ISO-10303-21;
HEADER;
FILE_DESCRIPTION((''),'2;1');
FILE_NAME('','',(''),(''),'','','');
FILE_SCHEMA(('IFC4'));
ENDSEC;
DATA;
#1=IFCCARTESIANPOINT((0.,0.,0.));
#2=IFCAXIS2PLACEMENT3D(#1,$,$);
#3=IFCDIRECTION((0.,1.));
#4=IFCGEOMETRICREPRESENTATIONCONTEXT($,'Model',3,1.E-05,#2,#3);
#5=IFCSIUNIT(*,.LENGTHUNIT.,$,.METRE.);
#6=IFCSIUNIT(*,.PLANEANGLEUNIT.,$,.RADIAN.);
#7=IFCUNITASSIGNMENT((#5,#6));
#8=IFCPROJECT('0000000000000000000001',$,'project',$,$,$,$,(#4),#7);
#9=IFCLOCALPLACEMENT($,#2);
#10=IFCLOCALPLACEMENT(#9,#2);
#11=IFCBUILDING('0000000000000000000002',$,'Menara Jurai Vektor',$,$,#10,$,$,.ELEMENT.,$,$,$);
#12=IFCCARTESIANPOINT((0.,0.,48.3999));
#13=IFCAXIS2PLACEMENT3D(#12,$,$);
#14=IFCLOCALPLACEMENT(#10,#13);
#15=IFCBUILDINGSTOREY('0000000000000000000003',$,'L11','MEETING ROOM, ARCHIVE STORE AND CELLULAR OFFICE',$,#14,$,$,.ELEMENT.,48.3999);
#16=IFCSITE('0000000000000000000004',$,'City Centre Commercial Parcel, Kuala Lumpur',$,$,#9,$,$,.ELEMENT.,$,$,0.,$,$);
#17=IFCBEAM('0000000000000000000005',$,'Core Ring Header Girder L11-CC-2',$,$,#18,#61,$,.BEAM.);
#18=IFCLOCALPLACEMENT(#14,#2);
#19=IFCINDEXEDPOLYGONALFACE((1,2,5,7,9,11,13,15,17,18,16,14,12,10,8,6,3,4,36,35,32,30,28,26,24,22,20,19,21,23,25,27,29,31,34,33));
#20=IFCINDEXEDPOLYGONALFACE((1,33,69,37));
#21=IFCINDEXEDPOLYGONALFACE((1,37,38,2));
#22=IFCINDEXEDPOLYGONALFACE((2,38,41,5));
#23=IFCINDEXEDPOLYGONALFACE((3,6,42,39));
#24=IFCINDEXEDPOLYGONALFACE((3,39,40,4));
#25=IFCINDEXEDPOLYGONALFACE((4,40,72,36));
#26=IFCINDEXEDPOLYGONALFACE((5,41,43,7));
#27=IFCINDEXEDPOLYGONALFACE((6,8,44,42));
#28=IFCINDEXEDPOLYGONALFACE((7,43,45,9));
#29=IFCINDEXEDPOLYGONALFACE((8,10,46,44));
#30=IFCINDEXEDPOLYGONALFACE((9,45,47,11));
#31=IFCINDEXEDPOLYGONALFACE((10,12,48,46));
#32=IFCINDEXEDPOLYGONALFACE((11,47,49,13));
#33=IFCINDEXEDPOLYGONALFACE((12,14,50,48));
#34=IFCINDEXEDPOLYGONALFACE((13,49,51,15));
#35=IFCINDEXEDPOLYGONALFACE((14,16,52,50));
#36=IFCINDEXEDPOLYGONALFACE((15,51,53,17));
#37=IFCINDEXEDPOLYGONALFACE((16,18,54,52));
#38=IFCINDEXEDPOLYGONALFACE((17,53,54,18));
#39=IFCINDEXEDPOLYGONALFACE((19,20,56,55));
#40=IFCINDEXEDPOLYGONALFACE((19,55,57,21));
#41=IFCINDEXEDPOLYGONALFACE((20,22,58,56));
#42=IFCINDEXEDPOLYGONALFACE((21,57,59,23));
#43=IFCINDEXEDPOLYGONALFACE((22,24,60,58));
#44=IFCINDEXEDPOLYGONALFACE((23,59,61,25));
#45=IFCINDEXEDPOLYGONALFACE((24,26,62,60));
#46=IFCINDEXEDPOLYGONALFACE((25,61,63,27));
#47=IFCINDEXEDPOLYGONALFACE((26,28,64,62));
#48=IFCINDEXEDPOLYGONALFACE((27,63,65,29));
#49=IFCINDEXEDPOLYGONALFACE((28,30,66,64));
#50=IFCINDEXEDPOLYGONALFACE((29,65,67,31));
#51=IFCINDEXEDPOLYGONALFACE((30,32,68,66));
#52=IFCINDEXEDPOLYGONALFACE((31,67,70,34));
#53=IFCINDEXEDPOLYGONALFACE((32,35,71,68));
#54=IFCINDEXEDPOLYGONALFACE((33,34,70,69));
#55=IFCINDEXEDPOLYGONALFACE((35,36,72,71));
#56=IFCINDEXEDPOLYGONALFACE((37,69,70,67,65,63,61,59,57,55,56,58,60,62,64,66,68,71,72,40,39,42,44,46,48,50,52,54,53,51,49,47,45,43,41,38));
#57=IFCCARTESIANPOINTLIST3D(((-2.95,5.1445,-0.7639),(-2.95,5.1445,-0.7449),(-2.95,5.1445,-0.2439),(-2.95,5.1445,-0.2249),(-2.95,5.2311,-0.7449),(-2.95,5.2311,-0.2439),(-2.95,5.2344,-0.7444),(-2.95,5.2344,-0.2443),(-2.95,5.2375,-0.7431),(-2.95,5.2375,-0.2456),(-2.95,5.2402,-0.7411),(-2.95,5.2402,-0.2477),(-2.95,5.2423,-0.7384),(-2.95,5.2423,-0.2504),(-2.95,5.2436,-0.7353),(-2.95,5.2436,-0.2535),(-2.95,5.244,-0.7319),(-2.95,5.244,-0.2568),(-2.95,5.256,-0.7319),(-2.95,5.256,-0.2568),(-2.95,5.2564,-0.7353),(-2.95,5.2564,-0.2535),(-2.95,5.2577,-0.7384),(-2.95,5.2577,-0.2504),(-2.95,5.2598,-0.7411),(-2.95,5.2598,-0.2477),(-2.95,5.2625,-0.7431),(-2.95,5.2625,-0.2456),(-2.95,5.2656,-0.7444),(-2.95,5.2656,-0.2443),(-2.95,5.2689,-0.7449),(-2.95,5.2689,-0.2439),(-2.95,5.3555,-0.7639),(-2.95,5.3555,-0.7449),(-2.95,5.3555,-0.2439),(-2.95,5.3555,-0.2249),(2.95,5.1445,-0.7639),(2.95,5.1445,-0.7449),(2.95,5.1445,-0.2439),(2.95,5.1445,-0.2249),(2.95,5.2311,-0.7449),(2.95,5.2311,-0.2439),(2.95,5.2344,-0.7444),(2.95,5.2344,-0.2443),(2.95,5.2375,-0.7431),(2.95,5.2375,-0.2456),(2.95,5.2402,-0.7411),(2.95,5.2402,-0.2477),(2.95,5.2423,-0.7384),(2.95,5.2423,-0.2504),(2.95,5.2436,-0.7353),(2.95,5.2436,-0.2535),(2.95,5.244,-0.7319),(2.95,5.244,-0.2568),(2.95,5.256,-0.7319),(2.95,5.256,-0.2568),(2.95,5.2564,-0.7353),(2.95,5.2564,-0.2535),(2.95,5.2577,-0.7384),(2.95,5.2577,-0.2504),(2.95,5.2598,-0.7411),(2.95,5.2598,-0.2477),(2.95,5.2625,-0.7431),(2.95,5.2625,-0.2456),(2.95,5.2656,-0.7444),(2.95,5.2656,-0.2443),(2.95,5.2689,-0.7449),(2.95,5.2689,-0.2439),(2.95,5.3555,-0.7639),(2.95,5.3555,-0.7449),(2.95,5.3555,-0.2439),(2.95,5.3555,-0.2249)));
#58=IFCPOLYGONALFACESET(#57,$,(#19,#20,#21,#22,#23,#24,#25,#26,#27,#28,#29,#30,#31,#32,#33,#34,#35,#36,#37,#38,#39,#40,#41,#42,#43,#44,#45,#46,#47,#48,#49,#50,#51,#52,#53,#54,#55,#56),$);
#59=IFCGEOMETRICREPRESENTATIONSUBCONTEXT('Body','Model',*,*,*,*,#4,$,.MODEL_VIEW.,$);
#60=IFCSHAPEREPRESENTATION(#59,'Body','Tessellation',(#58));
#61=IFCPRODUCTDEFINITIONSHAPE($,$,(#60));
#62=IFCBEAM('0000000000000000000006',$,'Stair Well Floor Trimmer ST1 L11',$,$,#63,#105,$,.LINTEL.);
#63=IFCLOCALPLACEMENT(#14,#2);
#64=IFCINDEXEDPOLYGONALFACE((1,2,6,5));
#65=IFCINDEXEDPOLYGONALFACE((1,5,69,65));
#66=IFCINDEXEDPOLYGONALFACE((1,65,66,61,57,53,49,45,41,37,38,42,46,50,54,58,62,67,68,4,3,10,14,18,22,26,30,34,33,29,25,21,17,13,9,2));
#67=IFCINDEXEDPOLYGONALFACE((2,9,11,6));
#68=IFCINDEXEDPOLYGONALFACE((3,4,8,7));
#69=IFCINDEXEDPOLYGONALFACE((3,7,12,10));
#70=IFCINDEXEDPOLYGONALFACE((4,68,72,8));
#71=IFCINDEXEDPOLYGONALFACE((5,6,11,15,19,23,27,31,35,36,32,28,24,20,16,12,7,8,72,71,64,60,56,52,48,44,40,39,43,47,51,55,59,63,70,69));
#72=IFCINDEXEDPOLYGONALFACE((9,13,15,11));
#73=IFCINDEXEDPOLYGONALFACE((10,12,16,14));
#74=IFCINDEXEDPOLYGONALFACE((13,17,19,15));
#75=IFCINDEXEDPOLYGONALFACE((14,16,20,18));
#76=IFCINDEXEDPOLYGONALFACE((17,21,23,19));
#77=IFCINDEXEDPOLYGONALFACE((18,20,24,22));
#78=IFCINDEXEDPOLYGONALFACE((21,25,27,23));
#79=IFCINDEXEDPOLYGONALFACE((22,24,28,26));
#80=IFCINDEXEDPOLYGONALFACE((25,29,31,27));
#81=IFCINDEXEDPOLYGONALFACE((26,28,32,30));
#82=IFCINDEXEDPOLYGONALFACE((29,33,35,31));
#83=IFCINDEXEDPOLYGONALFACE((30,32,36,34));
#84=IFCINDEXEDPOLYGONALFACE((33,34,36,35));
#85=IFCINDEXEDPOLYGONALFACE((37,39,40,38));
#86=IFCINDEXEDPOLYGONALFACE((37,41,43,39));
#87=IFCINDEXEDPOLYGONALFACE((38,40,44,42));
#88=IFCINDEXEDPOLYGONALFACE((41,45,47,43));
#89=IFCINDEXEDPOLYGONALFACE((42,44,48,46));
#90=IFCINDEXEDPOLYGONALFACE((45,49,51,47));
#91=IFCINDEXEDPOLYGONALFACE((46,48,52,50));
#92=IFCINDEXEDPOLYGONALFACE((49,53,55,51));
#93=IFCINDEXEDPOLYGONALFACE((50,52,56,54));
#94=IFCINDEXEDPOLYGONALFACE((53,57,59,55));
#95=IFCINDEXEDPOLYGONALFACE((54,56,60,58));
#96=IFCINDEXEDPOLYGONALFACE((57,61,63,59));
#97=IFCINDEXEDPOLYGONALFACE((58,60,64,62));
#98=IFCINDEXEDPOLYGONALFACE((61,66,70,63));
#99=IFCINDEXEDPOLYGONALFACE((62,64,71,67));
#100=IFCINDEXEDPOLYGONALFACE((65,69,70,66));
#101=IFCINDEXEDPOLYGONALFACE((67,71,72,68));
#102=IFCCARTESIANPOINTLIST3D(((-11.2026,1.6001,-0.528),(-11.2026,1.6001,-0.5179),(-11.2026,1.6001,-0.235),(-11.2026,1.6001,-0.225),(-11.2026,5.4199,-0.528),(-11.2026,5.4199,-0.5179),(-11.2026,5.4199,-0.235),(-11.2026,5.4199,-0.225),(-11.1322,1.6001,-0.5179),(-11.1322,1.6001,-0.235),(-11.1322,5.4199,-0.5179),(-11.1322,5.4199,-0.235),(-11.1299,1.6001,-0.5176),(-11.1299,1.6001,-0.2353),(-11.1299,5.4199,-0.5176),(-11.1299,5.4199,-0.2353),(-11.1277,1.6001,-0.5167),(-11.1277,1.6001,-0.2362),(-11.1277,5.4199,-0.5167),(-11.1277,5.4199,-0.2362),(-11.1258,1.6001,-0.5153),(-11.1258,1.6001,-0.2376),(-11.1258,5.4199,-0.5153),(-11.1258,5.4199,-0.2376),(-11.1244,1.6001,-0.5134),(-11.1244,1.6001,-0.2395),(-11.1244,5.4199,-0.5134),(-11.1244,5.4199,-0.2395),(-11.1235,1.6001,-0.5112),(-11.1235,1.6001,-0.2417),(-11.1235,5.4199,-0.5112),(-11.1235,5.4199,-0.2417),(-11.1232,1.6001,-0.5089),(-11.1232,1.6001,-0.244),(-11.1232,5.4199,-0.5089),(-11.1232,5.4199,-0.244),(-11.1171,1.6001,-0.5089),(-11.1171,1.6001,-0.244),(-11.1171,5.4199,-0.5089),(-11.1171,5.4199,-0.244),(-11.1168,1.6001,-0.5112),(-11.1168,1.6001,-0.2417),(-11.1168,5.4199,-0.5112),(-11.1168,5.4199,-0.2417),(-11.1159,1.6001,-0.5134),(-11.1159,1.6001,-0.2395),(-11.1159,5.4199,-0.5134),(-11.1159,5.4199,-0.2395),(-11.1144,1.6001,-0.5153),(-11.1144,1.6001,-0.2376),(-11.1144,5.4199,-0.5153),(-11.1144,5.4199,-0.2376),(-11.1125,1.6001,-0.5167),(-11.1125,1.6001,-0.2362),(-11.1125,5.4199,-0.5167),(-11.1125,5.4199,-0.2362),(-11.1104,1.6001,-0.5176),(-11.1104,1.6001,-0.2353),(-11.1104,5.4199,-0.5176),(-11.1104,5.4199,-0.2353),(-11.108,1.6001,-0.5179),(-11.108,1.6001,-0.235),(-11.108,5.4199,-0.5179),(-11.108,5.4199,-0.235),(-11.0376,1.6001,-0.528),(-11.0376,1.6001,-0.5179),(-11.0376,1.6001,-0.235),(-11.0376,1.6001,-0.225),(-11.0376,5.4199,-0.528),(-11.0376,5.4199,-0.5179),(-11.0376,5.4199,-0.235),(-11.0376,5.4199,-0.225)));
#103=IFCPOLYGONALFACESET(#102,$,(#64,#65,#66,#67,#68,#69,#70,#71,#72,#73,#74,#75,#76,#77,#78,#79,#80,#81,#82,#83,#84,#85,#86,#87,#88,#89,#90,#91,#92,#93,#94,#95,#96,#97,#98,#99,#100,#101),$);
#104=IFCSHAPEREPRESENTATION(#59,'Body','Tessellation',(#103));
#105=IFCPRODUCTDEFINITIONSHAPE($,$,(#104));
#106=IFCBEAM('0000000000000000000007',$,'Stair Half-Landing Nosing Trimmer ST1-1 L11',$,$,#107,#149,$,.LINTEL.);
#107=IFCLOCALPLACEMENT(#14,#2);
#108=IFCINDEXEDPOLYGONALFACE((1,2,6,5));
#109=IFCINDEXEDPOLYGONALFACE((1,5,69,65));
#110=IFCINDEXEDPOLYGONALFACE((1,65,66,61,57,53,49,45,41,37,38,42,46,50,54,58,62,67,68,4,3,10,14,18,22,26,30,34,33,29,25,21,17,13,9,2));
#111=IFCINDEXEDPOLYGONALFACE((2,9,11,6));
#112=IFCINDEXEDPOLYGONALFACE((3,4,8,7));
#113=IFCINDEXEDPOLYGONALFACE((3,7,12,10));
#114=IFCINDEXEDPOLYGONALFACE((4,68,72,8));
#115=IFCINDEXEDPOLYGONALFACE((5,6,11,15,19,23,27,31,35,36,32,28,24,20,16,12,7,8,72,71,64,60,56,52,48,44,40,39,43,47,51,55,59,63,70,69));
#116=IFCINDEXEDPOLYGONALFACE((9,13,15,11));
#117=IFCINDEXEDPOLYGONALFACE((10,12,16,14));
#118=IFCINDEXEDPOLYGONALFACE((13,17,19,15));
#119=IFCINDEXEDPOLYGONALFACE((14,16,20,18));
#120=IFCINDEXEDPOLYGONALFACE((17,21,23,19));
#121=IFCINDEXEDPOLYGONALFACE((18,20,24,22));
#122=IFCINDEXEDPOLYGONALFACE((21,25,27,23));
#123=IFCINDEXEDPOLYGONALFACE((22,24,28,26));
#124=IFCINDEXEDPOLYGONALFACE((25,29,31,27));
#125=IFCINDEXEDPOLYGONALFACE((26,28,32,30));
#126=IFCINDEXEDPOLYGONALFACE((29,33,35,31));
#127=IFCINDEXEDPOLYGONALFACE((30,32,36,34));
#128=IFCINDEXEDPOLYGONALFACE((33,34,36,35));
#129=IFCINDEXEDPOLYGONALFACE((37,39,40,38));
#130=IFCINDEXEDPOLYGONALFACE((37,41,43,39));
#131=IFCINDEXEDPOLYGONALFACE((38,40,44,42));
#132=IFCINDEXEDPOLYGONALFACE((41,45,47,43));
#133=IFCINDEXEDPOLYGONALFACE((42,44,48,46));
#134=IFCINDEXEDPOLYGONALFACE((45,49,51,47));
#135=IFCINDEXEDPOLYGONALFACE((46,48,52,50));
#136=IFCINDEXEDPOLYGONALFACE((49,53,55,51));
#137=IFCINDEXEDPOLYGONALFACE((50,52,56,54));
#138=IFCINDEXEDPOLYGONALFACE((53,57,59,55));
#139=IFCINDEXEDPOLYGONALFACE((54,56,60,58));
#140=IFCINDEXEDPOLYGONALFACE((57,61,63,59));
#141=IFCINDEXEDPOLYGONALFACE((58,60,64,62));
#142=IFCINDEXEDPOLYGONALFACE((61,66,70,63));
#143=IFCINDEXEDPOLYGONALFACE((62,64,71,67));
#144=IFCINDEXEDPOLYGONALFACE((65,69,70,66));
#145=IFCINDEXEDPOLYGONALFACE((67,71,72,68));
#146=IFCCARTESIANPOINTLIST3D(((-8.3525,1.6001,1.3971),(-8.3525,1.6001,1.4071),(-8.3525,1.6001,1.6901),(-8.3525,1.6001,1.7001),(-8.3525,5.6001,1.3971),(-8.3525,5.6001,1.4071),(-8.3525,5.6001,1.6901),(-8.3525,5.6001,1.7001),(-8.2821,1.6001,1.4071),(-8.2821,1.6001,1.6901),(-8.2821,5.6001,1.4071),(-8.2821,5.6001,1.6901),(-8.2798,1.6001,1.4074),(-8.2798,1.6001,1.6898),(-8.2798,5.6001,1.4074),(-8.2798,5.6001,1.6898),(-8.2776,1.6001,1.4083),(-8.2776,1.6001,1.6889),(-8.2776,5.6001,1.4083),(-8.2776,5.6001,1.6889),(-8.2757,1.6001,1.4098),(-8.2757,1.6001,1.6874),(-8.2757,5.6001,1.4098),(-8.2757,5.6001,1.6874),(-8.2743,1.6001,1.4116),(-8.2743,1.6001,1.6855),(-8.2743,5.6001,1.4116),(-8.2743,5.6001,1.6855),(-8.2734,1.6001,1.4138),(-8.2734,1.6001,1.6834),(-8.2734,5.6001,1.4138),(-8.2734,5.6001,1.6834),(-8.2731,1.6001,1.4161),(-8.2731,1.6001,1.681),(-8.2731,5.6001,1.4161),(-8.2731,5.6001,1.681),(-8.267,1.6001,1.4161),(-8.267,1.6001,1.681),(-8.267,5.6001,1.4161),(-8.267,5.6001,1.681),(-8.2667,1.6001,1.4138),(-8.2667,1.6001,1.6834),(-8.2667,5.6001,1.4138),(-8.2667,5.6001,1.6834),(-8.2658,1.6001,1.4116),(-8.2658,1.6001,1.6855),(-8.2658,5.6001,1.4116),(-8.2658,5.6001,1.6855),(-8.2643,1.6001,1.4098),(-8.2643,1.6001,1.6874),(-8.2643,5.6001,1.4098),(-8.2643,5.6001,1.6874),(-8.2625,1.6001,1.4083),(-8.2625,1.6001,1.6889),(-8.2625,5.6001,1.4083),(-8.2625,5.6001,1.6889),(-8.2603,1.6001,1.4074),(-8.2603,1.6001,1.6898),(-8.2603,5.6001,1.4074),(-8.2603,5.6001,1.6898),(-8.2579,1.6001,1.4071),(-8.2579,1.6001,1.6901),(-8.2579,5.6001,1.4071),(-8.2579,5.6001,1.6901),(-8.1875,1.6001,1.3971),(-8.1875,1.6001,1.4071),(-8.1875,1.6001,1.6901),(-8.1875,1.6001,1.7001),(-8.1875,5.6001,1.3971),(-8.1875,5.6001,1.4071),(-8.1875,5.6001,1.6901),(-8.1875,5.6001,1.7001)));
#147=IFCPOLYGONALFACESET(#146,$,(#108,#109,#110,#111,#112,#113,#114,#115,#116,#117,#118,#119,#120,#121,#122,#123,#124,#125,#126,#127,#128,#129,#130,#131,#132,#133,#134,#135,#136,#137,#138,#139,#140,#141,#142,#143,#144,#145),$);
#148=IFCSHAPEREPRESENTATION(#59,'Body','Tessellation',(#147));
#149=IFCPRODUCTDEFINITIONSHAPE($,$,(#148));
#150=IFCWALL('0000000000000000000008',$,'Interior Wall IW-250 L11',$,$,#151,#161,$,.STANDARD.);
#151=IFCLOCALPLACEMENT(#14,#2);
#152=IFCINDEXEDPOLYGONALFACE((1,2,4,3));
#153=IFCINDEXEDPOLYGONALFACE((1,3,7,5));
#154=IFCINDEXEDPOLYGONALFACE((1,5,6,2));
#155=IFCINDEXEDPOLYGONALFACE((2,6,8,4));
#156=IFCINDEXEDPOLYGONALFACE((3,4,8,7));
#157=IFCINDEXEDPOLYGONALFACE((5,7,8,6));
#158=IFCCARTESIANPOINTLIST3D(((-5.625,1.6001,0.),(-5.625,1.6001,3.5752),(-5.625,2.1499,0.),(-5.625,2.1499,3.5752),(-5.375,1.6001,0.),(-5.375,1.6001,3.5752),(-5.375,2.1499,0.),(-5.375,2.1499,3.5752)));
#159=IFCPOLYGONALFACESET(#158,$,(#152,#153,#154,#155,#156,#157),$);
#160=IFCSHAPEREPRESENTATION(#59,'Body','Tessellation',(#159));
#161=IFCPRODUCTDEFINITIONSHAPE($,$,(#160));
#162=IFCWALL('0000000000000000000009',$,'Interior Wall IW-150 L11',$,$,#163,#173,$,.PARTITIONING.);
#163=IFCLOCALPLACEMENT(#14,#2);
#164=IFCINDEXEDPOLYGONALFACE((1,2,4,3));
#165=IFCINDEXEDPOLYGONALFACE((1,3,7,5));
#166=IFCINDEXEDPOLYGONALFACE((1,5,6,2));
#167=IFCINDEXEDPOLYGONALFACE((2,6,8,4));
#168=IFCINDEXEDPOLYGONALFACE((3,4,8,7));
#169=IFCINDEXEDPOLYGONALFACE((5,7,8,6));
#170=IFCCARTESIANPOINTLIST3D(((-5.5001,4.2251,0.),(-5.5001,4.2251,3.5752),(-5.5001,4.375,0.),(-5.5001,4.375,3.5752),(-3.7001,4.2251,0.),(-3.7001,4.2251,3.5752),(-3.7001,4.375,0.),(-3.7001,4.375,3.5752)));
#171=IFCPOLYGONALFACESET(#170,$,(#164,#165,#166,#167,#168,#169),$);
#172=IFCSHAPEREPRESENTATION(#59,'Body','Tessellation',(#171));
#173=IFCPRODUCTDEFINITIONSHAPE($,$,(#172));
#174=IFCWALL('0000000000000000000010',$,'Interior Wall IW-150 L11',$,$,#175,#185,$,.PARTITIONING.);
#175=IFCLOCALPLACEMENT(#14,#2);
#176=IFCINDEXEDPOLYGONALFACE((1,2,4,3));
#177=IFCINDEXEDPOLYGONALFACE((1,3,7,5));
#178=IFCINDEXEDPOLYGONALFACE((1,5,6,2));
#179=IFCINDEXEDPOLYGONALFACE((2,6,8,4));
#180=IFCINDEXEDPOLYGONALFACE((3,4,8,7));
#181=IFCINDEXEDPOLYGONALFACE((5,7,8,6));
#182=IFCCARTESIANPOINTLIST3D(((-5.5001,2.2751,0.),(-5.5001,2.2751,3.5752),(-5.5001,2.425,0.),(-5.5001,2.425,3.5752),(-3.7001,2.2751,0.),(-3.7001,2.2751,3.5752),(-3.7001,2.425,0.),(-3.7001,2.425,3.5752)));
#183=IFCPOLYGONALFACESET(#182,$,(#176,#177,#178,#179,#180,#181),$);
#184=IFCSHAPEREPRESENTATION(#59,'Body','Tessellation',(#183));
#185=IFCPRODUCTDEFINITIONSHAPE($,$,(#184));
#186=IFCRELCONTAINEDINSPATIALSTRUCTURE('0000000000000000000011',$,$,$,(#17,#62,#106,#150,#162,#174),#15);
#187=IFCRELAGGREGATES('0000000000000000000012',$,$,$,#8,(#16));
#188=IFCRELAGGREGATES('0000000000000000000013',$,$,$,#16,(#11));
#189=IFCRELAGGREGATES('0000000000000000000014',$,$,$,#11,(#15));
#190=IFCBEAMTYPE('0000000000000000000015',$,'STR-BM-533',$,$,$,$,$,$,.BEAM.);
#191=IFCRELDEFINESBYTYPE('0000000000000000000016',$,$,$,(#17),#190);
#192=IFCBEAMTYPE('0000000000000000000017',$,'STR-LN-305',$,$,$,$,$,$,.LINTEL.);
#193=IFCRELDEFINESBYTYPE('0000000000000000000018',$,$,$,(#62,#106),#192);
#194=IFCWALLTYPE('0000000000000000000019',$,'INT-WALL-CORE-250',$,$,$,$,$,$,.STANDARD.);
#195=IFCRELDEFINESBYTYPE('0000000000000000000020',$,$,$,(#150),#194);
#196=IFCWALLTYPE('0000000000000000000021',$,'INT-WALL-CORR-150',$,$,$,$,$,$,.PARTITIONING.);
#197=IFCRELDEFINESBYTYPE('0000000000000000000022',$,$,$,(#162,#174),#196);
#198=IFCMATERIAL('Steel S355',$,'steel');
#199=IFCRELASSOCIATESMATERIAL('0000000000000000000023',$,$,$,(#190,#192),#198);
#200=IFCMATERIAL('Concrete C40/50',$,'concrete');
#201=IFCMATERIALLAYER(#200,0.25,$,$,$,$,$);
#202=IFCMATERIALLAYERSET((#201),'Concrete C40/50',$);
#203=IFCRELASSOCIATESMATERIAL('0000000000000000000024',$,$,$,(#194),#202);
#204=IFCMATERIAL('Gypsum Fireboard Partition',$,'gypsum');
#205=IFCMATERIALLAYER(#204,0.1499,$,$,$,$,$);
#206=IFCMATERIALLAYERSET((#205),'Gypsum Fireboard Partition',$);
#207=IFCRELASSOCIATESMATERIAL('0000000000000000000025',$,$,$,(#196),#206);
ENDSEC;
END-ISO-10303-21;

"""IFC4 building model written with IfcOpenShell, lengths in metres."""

from ifc_helpers import new_model, si_unit, direction, frame, frame_2d, origin, origin_2d, place, context, subcontext, project, spatial, rectangle, i_section, extrude, material, layer, layer_set, material_profile, profile_set, type_object, element, save


model = new_model("IFC4")

# Units and contexts
model_context = context("Model", 3, precision=1e-05, world=origin(), true_north=direction((0.0, 1.0)))
body_context = subcontext(model_context, "Body", "Model", "MODEL_VIEW")
ifc_project = project(units=[si_unit("LENGTHUNIT", "METRE"), si_unit("PLANEANGLEUNIT", "RADIAN")], contexts=[model_context])

# Site, building, storey
site_placement = place(None, origin())
site = spatial("IfcSite", under=ifc_project, at=site_placement, Name="City Centre Commercial Parcel, Kuala Lumpur", CompositionType="ELEMENT", RefElevation=0.0)
building_placement = place(site_placement, origin())
building = spatial("IfcBuilding", under=site, at=building_placement, Name="Menara Jurai Vektor", CompositionType="ELEMENT")
storey_placement = place(building_placement, frame((0.0, 0.0, 48.3999)))
storey = spatial("IfcBuildingStorey", under=building, at=storey_placement, Name="L11", Description="MEETING ROOM, ARCHIVE STORE AND CELLULAR OFFICE", CompositionType="ELEMENT", Elevation=48.3999)

# Shared definitions
ifc_material_1 = material(Name="Steel S355", Category="steel")

# Beams
ifc_material_profile_1 = material_profile(ifc_material_1, i_section(OverallWidth=0.2109, OverallDepth=0.5391, WebThickness=0.012, FlangeThickness=0.019, FilletRadius=0.0129, at=origin_2d()), Name="UKB 533x210x109")
ifc_profile_set_1 = profile_set([ifc_material_profile_1], Name="Steel S355")
beam_type_1 = type_object("IfcBeamType", Name="STR-BM-533", PredefinedType="BEAM", material=ifc_profile_set_1)
beam_1_placement = place(storey_placement, frame((-2.95, 5.25, -0.4944), z_axis=(1.0, 0.0, 0.0), x_axis=(0.0, 1.0, 0.0)))
element("IfcBeam", 1, at=beam_1_placement, inside=storey, type_object=beam_type_1, Name="Core Ring Header Girder L11-CC-2", PredefinedType="BEAM", context=body_context, shape_type="SweptSolid", body=[
    extrude(i_section(OverallWidth=0.2109, OverallDepth=0.5391, WebThickness=0.012, FlangeThickness=0.019, FilletRadius=0.0129, at=origin_2d()), origin(), (0.0, 0.0, 1.0), 5.8999),
])
ifc_material_profile_2 = material_profile(ifc_material_1, i_section(OverallWidth=0.165, OverallDepth=0.303, WebThickness=0.0061, FlangeThickness=0.01, FilletRadius=0.009, at=origin_2d()), Name="UKB 305x165x40")
ifc_profile_set_2 = profile_set([ifc_material_profile_2], Name="Steel S355")
beam_type_2 = type_object("IfcBeamType", Name="STR-LN-305", PredefinedType="LINTEL", material=ifc_profile_set_2)
beam_2_placement = place(storey_placement, frame((-11.1201, 1.6001, -0.3765), z_axis=(0.0, 1.0, 0.0), x_axis=(-1.0, 0.0, 0.0)))
element("IfcBeam", 2, at=beam_2_placement, inside=storey, type_object=beam_type_2, Name="Stair Well Floor Trimmer ST1 L11", PredefinedType="LINTEL", context=body_context, shape_type="SweptSolid", body=[
    extrude(i_section(OverallWidth=0.165, OverallDepth=0.303, WebThickness=0.0061, FlangeThickness=0.01, FilletRadius=0.009, at=origin_2d()), origin(), (0.0, 0.0, 1.0), 3.8198),
])
beam_3_placement = place(storey_placement, frame((-8.27, 1.6001, 1.5486), z_axis=(0.0, 1.0, 0.0), x_axis=(-1.0, 0.0, 0.0)))
element("IfcBeam", 3, at=beam_3_placement, inside=storey, type_object=beam_type_2, Name="Stair Half-Landing Nosing Trimmer ST1-1 L11", PredefinedType="LINTEL", context=body_context, shape_type="SweptSolid", body=[
    extrude(i_section(OverallWidth=0.165, OverallDepth=0.303, WebThickness=0.0061, FlangeThickness=0.01, FilletRadius=0.009, at=origin_2d()), origin(), (0.0, 0.0, 1.0), 4.0),
])

# Shared definitions
ifc_material_2 = material(Name="Concrete C40/50", Category="concrete")
ifc_layer_1 = layer(ifc_material_2, 0.25)
ifc_layer_set_1 = layer_set([ifc_layer_1], Name="Concrete C40/50")
wall_type_1 = type_object("IfcWallType", Name="INT-WALL-CORE-250", PredefinedType="STANDARD", material=ifc_layer_set_1)

# Walls
wall_1_placement = place(storey_placement, frame((-5.5, 1.6001, 0.0), z_axis=(0.0, 0.0, 1.0), x_axis=(0.0, 1.0, 0.0)))
element("IfcWall", 4, at=wall_1_placement, inside=storey, type_object=wall_type_1, Name="Interior Wall IW-250 L11", PredefinedType="STANDARD", context=body_context, shape_type="SweptSolid", body=[
    extrude(rectangle(XDim=0.5498, YDim=0.25, at=frame_2d((0.2749, 0.0))), origin(), (0.0, 0.0, 1.0), 3.5752),
])
ifc_material_3 = material(Name="Gypsum Fireboard Partition", Category="gypsum")
ifc_layer_2 = layer(ifc_material_3, 0.1499)
ifc_layer_set_2 = layer_set([ifc_layer_2], Name="Gypsum Fireboard Partition")
wall_type_2 = type_object("IfcWallType", Name="INT-WALL-CORR-150", PredefinedType="PARTITIONING", material=ifc_layer_set_2)
for number, where, z_axis, x_axis, name in (
    (5, (-5.5, 4.3, 0.0), (0.0, 0.0, 1.0), (1.0, 0.0, 0.0), "Interior Wall IW-150 L11"),
    (6, (-5.5, 2.3501, 0.0), (0.0, 0.0, 1.0), (1.0, 0.0, 0.0), "Interior Wall IW-150 L11"),
):
    element("IfcWall", number, at=place(storey_placement, frame(where, z_axis=z_axis, x_axis=x_axis)), inside=storey, type_object=wall_type_2, Name=name, PredefinedType="PARTITIONING", context=body_context, shape_type="SweptSolid", body=[
        extrude(rectangle(XDim=1.8, YDim=0.1499, at=frame_2d((0.8999, 0.0))), origin(), (0.0, 0.0, 1.0), 3.5752),
    ])

save(model, "model.ifc")
